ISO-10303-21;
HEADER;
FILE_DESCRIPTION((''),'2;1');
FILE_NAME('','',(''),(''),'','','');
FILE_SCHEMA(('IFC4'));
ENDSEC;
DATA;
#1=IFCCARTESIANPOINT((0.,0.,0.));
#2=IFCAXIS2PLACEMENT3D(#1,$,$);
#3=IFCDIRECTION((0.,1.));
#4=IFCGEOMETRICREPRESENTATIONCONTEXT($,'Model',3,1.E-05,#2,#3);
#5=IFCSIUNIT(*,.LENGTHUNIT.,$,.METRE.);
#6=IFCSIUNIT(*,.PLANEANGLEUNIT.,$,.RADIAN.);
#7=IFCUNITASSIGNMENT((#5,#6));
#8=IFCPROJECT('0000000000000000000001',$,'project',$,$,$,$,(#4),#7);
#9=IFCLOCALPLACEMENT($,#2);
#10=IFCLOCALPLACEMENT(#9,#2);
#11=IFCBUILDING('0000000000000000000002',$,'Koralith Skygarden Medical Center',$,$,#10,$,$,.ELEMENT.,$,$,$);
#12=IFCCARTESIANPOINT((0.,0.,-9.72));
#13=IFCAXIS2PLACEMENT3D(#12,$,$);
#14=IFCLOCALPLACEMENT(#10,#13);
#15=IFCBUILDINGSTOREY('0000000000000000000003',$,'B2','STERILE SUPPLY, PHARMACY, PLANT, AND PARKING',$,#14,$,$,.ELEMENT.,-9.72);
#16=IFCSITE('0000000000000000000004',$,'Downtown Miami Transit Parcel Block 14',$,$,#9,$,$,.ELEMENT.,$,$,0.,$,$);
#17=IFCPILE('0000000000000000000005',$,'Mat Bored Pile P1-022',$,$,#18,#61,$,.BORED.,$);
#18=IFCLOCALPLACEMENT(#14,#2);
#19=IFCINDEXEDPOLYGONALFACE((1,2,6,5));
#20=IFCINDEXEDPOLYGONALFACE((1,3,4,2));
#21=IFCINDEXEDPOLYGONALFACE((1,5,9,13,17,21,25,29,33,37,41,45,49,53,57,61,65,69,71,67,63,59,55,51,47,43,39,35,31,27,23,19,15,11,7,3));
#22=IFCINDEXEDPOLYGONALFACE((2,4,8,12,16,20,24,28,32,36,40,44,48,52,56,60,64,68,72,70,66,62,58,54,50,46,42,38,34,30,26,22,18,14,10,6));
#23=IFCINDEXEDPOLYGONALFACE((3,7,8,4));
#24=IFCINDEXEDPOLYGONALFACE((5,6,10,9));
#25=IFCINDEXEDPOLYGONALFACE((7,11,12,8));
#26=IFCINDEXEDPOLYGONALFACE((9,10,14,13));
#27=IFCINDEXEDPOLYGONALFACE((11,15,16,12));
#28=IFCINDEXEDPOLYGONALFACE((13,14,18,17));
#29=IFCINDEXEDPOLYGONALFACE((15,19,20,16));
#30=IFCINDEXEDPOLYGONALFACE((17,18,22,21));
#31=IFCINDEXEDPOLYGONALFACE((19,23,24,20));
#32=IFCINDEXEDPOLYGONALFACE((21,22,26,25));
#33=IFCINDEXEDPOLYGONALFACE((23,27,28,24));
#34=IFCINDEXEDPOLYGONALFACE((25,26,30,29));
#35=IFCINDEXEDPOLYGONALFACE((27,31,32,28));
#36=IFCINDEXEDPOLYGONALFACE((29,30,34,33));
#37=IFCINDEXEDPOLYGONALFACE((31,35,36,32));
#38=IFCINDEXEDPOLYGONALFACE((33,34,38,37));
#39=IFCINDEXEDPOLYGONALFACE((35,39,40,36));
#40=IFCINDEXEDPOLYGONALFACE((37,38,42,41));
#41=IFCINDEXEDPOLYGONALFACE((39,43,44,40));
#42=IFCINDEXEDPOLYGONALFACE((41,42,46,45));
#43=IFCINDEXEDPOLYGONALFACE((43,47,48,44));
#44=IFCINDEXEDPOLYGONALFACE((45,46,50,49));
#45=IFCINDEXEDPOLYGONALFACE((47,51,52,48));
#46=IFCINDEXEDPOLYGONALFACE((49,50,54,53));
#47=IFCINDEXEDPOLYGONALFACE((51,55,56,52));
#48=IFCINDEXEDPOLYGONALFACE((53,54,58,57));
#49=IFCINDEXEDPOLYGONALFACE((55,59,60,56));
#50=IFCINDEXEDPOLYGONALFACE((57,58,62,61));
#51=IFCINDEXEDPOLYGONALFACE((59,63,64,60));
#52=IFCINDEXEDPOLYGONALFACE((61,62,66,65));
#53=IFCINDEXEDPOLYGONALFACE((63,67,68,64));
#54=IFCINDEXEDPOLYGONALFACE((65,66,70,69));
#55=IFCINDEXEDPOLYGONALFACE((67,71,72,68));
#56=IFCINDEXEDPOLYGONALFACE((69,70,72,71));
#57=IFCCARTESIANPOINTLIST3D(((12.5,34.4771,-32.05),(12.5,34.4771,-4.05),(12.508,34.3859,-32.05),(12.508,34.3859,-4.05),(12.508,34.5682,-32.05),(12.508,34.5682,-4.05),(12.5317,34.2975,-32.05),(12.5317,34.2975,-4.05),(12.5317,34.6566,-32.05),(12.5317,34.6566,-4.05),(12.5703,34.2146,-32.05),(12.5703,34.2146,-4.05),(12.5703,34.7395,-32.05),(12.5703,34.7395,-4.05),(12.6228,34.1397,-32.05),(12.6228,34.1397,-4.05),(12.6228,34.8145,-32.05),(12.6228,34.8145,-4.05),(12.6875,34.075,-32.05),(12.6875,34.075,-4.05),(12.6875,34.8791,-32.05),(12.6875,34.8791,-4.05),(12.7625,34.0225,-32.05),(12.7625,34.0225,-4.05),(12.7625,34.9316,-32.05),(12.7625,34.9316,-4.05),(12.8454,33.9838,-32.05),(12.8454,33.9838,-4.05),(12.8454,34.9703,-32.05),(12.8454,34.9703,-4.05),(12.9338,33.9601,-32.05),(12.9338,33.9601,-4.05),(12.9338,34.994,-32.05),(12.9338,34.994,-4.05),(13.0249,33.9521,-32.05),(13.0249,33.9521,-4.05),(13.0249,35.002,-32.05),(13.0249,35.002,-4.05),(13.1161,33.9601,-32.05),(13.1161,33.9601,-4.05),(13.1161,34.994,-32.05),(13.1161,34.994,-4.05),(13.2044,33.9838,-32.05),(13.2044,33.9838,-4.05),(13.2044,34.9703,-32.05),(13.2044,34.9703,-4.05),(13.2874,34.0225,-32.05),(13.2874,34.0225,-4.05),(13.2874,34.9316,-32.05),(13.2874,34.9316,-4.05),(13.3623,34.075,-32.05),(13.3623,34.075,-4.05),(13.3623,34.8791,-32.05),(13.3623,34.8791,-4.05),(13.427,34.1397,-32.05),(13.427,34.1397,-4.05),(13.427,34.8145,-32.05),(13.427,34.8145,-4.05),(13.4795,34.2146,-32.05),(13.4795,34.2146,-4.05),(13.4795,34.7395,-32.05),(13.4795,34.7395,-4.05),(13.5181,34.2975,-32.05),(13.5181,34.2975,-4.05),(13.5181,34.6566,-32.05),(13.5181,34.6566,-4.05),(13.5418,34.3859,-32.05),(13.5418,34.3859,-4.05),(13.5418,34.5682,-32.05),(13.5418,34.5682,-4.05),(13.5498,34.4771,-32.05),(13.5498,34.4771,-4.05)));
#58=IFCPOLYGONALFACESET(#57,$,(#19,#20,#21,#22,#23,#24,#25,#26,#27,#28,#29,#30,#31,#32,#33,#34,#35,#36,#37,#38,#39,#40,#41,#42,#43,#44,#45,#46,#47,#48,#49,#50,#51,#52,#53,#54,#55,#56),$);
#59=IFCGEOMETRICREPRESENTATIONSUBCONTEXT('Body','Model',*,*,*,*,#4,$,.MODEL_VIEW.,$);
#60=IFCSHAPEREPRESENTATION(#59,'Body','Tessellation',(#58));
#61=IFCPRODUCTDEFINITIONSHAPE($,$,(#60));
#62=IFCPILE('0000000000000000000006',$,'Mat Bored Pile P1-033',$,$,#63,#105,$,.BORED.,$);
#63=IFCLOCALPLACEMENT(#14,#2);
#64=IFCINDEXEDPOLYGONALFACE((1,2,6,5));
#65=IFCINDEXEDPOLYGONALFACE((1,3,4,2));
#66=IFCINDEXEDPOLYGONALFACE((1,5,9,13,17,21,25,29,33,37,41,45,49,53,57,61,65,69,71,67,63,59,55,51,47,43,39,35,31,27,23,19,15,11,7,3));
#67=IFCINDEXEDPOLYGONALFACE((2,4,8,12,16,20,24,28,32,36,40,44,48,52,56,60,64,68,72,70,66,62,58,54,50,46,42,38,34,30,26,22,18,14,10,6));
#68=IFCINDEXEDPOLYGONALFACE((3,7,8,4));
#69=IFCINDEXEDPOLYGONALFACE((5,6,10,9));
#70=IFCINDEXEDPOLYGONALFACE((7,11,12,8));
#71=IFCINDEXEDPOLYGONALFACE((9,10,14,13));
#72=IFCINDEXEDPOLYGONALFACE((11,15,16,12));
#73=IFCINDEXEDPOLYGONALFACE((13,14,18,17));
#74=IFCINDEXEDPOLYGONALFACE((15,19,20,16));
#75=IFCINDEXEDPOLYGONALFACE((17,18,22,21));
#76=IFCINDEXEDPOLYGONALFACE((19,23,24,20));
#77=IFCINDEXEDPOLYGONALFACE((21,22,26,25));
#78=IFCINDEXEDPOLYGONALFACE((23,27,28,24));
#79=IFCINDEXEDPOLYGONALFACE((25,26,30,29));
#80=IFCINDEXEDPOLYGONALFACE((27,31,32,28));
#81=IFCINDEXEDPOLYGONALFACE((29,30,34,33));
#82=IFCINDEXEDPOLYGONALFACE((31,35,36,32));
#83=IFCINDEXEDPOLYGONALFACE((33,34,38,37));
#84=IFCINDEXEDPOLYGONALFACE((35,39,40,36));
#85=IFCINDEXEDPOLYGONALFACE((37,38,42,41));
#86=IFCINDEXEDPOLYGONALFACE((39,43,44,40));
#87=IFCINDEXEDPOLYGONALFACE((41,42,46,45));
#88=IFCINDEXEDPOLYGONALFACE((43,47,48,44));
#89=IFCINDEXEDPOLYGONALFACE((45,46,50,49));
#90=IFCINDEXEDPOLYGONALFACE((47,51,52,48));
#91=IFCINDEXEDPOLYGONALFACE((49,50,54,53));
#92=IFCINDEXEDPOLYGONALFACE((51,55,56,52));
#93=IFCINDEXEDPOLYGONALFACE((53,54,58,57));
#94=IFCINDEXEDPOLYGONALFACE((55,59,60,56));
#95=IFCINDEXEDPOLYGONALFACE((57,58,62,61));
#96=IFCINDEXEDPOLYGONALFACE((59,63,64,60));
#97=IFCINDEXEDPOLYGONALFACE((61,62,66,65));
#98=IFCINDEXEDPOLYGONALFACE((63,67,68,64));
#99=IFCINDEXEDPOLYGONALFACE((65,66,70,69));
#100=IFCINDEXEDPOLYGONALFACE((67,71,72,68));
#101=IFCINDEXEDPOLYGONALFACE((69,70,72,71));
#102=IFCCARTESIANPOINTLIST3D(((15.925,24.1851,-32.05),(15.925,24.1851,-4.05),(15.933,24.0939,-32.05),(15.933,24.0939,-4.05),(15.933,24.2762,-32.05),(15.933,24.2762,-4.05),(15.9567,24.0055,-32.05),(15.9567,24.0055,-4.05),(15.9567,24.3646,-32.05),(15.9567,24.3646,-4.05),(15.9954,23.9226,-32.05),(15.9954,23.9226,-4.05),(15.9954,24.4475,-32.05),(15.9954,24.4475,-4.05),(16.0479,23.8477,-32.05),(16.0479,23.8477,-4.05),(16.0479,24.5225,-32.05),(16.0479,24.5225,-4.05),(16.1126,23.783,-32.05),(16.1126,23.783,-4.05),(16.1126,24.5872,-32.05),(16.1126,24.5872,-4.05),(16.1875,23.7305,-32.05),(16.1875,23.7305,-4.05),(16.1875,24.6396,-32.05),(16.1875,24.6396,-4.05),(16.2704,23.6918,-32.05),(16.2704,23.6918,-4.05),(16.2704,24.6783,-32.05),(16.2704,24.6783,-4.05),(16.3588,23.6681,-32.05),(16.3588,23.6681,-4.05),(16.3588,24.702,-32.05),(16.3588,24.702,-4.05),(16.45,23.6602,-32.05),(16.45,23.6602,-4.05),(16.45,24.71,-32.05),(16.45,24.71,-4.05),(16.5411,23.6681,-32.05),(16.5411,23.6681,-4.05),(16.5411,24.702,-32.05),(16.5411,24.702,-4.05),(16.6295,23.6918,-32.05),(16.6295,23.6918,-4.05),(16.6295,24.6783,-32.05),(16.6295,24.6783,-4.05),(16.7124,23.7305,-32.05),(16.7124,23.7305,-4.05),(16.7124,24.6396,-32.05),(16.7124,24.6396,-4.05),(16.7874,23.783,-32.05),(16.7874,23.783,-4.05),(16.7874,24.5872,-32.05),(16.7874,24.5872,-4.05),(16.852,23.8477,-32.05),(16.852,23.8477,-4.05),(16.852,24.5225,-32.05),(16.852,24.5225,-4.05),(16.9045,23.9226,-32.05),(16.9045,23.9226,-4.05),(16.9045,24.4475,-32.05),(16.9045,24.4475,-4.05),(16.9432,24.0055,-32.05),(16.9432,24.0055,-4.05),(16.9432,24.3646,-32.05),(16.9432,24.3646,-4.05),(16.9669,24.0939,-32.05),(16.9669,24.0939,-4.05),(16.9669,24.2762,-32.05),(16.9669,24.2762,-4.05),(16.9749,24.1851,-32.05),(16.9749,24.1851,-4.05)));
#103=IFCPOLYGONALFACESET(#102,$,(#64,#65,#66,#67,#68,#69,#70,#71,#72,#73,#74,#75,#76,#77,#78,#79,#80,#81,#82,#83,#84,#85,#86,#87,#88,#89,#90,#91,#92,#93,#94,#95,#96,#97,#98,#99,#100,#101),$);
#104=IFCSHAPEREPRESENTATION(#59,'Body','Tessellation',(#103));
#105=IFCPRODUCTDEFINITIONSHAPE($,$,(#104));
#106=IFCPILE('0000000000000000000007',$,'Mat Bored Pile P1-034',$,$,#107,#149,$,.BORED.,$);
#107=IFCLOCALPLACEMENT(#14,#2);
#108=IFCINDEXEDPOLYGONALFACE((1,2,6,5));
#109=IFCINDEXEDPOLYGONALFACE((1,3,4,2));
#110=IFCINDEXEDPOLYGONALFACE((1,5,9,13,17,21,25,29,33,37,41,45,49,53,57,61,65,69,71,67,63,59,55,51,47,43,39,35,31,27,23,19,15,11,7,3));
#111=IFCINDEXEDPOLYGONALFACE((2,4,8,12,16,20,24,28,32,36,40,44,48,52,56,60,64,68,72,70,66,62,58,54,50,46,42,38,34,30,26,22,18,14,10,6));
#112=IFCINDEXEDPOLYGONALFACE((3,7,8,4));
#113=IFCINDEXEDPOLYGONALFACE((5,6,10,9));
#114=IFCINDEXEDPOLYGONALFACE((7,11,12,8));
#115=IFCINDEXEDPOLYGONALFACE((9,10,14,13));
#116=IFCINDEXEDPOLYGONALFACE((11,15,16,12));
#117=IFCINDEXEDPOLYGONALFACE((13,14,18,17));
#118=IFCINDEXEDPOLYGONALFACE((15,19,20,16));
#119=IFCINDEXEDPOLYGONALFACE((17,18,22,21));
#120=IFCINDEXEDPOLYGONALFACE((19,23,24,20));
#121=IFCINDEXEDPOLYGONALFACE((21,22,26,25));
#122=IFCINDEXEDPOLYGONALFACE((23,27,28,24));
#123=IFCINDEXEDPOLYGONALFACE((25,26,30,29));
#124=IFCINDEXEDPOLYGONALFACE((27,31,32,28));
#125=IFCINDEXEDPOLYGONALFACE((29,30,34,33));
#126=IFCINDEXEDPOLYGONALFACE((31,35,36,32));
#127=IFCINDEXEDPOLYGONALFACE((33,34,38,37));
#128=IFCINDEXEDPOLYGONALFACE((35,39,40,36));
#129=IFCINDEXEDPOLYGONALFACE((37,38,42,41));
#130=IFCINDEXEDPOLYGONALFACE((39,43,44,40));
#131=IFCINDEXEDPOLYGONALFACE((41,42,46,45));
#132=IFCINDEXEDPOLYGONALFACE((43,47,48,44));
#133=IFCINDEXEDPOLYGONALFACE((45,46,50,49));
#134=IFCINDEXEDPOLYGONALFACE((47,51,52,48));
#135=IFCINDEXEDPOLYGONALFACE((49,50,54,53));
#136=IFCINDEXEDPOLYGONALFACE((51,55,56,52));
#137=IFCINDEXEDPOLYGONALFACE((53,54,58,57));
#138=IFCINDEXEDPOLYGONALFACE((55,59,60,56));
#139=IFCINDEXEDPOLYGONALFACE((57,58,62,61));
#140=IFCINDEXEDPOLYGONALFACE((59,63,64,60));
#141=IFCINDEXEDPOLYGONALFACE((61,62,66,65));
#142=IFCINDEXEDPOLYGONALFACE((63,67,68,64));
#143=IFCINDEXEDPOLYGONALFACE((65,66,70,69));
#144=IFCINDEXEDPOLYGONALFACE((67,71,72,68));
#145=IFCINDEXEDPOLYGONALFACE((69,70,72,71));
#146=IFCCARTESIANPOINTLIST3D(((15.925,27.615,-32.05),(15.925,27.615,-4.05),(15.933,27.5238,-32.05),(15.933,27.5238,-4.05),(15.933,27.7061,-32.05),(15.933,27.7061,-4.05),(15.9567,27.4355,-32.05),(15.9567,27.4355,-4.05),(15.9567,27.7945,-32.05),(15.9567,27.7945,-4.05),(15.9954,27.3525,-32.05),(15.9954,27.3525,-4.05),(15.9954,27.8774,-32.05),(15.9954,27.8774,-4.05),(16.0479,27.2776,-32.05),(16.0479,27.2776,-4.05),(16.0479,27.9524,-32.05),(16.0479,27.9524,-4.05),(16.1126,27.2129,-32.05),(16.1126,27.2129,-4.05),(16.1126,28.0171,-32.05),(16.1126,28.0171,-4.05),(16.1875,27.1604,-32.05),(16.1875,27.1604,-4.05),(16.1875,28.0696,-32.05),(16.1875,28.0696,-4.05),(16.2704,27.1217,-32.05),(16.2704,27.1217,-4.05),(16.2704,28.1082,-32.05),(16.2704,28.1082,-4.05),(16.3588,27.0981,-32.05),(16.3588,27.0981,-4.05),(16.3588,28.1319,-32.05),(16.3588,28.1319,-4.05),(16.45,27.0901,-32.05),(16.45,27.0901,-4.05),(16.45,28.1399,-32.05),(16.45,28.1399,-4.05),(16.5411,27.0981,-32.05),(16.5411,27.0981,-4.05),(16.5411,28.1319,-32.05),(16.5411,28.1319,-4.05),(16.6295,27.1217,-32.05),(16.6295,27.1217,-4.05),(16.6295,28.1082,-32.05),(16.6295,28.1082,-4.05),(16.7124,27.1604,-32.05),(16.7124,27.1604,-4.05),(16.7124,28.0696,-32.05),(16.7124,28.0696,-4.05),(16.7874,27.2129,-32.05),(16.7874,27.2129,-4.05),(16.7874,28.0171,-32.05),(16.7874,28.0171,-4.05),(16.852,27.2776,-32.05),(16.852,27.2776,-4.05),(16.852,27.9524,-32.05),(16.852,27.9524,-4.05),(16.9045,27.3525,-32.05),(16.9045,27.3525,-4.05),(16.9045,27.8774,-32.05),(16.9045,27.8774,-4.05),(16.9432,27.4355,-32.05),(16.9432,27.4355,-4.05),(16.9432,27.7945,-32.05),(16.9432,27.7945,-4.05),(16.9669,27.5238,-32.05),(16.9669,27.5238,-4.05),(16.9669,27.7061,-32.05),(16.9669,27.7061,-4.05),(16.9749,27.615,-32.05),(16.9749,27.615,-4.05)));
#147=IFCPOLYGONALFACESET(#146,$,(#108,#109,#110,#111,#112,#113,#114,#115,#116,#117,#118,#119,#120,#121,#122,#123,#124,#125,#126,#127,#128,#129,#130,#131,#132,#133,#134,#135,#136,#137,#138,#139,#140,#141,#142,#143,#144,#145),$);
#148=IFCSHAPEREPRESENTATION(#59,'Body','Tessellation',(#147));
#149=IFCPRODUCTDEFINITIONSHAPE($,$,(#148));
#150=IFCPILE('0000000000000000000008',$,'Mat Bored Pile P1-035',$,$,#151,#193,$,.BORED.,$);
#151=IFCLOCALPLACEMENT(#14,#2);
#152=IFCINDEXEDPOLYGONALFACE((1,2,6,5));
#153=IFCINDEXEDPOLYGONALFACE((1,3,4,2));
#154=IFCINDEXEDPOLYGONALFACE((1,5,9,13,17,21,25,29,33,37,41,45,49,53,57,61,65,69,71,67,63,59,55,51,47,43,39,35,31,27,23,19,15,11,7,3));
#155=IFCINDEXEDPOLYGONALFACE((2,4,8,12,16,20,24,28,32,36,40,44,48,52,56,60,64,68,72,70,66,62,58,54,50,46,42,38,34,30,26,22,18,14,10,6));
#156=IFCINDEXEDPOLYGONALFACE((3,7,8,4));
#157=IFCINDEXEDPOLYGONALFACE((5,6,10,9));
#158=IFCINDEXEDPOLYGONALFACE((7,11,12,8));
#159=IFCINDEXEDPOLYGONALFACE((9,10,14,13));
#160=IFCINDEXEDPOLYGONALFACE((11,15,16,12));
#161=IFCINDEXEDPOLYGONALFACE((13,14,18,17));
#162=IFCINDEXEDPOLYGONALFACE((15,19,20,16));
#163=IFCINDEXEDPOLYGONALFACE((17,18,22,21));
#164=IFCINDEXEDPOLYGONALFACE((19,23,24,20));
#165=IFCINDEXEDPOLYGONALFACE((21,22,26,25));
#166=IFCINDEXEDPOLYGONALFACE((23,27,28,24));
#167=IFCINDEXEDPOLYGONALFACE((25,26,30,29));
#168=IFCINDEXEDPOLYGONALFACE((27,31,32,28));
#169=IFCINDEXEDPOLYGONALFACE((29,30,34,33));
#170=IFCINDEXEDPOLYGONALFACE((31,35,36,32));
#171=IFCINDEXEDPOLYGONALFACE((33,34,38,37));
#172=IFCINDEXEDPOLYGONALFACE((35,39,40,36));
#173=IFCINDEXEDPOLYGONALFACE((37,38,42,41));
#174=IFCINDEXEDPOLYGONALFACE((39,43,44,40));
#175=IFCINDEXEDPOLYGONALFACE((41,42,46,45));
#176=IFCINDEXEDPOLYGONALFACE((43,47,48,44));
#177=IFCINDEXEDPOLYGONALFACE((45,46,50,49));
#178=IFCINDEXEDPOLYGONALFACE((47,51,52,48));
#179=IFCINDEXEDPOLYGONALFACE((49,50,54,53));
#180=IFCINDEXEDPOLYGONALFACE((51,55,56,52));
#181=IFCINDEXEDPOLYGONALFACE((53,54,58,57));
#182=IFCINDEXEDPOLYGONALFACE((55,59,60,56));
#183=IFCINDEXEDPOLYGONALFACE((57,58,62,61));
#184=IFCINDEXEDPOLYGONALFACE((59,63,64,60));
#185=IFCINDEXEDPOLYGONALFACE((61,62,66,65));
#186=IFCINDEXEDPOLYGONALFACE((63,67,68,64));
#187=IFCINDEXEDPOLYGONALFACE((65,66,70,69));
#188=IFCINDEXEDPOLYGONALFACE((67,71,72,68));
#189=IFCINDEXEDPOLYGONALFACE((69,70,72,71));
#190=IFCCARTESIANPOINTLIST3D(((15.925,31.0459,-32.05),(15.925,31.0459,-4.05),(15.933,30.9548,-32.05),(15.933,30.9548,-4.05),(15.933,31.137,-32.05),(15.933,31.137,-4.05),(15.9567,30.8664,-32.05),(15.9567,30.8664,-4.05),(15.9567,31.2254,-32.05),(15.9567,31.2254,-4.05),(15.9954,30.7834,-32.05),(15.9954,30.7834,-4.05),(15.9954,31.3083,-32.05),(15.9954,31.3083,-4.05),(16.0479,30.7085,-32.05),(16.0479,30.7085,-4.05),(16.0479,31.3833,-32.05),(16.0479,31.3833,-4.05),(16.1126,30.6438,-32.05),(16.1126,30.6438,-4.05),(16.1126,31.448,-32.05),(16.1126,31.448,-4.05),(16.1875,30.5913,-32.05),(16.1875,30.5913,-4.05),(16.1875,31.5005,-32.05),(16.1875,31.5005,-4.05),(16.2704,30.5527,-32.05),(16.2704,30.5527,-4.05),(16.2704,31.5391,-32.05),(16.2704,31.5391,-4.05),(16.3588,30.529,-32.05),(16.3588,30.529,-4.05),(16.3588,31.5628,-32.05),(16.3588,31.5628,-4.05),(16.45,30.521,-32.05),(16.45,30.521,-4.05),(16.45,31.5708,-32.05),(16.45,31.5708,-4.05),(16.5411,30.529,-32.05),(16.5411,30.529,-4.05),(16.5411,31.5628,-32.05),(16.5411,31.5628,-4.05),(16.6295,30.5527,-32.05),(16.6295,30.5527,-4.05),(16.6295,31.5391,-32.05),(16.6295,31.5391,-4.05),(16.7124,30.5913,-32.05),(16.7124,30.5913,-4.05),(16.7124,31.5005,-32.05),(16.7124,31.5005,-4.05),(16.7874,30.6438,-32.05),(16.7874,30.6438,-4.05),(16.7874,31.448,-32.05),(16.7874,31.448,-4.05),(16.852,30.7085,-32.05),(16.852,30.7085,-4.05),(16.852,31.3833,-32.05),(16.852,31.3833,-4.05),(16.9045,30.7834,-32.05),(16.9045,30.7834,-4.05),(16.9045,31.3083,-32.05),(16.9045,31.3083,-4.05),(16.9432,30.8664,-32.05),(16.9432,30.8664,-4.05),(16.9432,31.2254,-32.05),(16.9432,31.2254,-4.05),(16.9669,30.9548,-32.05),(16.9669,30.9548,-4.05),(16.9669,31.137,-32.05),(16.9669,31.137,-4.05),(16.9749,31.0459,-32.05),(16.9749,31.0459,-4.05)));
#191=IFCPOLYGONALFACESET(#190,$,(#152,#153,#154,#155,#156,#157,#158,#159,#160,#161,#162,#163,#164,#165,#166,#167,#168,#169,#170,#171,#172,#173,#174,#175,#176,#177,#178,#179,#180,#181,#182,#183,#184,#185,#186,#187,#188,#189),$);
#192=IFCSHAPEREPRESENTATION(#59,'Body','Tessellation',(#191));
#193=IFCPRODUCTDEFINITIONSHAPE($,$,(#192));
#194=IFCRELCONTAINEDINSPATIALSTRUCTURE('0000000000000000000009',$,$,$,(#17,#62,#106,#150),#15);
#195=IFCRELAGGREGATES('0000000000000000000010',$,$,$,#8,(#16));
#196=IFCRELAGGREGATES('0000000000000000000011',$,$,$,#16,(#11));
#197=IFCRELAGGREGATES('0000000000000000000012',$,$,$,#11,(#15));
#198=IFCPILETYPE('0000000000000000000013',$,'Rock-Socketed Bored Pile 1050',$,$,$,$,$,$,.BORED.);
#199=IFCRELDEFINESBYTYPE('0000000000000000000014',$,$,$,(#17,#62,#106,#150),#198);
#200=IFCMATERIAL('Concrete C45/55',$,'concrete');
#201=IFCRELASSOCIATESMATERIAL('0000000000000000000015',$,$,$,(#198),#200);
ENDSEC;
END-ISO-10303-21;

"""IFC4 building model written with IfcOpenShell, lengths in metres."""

from ifc_helpers import new_model, si_unit, direction, frame, origin, origin_2d, place, context, subcontext, project, spatial, circle, extrude, material, material_profile, profile_set, type_object, element, save


model = new_model("IFC4")

# Units and contexts
model_context = context("Model", 3, precision=1e-05, world=origin(), true_north=direction((0.0, 1.0)))
body_context = subcontext(model_context, "Body", "Model", "MODEL_VIEW")
ifc_project = project(units=[si_unit("LENGTHUNIT", "METRE"), si_unit("PLANEANGLEUNIT", "RADIAN")], contexts=[model_context])

# Site, building, storey
site_placement = place(None, origin())
site = spatial("IfcSite", under=ifc_project, at=site_placement, Name="Downtown Miami Transit Parcel Block 14", CompositionType="ELEMENT", RefElevation=0.0)
building_placement = place(site_placement, origin())
building = spatial("IfcBuilding", under=site, at=building_placement, Name="Koralith Skygarden Medical Center", CompositionType="ELEMENT")
storey_placement = place(building_placement, frame((0.0, 0.0, -9.72)))
storey = spatial("IfcBuildingStorey", under=building, at=storey_placement, Name="B2", Description="STERILE SUPPLY, PHARMACY, PLANT, AND PARKING", CompositionType="ELEMENT", Elevation=-9.72)

# Piles
ifc_material_1 = material(Name="Concrete C45/55", Category="concrete")
ifc_material_profile_1 = material_profile(ifc_material_1, circle(Radius=0.5249, at=origin_2d()), Name="PILE1050")
ifc_profile_set_1 = profile_set([ifc_material_profile_1], Name="Concrete C45/55")
pile_type = type_object("IfcPileType", Name="Rock-Socketed Bored Pile 1050", PredefinedType="BORED", material=ifc_profile_set_1)
for number, where, z_axis, x_axis, name in (
    (1, (13.0249, 34.4771, -4.05), (0.0, 0.0, -1.0), (1.0, 0.0, 0.0), "Mat Bored Pile P1-022"),
    (2, (16.45, 24.1851, -4.05), (0.0, 0.0, -1.0), (1.0, 0.0, 0.0), "Mat Bored Pile P1-033"),
    (3, (16.45, 27.615, -4.05), (0.0, 0.0, -1.0), (1.0, 0.0, 0.0), "Mat Bored Pile P1-034"),
    (4, (16.45, 31.0459, -4.05), (0.0, 0.0, -1.0), (1.0, 0.0, 0.0), "Mat Bored Pile P1-035"),
):
    element("IfcPile", number, at=place(storey_placement, frame(where, z_axis=z_axis, x_axis=x_axis)), inside=storey, type_object=pile_type, Name=name, PredefinedType="BORED", context=body_context, shape_type="SweptSolid", body=[
        extrude(circle(Radius=0.5249, at=origin_2d()), origin(), (0.0, 0.0, 1.0), 28.0),
    ])

save(model, "model.ifc")
